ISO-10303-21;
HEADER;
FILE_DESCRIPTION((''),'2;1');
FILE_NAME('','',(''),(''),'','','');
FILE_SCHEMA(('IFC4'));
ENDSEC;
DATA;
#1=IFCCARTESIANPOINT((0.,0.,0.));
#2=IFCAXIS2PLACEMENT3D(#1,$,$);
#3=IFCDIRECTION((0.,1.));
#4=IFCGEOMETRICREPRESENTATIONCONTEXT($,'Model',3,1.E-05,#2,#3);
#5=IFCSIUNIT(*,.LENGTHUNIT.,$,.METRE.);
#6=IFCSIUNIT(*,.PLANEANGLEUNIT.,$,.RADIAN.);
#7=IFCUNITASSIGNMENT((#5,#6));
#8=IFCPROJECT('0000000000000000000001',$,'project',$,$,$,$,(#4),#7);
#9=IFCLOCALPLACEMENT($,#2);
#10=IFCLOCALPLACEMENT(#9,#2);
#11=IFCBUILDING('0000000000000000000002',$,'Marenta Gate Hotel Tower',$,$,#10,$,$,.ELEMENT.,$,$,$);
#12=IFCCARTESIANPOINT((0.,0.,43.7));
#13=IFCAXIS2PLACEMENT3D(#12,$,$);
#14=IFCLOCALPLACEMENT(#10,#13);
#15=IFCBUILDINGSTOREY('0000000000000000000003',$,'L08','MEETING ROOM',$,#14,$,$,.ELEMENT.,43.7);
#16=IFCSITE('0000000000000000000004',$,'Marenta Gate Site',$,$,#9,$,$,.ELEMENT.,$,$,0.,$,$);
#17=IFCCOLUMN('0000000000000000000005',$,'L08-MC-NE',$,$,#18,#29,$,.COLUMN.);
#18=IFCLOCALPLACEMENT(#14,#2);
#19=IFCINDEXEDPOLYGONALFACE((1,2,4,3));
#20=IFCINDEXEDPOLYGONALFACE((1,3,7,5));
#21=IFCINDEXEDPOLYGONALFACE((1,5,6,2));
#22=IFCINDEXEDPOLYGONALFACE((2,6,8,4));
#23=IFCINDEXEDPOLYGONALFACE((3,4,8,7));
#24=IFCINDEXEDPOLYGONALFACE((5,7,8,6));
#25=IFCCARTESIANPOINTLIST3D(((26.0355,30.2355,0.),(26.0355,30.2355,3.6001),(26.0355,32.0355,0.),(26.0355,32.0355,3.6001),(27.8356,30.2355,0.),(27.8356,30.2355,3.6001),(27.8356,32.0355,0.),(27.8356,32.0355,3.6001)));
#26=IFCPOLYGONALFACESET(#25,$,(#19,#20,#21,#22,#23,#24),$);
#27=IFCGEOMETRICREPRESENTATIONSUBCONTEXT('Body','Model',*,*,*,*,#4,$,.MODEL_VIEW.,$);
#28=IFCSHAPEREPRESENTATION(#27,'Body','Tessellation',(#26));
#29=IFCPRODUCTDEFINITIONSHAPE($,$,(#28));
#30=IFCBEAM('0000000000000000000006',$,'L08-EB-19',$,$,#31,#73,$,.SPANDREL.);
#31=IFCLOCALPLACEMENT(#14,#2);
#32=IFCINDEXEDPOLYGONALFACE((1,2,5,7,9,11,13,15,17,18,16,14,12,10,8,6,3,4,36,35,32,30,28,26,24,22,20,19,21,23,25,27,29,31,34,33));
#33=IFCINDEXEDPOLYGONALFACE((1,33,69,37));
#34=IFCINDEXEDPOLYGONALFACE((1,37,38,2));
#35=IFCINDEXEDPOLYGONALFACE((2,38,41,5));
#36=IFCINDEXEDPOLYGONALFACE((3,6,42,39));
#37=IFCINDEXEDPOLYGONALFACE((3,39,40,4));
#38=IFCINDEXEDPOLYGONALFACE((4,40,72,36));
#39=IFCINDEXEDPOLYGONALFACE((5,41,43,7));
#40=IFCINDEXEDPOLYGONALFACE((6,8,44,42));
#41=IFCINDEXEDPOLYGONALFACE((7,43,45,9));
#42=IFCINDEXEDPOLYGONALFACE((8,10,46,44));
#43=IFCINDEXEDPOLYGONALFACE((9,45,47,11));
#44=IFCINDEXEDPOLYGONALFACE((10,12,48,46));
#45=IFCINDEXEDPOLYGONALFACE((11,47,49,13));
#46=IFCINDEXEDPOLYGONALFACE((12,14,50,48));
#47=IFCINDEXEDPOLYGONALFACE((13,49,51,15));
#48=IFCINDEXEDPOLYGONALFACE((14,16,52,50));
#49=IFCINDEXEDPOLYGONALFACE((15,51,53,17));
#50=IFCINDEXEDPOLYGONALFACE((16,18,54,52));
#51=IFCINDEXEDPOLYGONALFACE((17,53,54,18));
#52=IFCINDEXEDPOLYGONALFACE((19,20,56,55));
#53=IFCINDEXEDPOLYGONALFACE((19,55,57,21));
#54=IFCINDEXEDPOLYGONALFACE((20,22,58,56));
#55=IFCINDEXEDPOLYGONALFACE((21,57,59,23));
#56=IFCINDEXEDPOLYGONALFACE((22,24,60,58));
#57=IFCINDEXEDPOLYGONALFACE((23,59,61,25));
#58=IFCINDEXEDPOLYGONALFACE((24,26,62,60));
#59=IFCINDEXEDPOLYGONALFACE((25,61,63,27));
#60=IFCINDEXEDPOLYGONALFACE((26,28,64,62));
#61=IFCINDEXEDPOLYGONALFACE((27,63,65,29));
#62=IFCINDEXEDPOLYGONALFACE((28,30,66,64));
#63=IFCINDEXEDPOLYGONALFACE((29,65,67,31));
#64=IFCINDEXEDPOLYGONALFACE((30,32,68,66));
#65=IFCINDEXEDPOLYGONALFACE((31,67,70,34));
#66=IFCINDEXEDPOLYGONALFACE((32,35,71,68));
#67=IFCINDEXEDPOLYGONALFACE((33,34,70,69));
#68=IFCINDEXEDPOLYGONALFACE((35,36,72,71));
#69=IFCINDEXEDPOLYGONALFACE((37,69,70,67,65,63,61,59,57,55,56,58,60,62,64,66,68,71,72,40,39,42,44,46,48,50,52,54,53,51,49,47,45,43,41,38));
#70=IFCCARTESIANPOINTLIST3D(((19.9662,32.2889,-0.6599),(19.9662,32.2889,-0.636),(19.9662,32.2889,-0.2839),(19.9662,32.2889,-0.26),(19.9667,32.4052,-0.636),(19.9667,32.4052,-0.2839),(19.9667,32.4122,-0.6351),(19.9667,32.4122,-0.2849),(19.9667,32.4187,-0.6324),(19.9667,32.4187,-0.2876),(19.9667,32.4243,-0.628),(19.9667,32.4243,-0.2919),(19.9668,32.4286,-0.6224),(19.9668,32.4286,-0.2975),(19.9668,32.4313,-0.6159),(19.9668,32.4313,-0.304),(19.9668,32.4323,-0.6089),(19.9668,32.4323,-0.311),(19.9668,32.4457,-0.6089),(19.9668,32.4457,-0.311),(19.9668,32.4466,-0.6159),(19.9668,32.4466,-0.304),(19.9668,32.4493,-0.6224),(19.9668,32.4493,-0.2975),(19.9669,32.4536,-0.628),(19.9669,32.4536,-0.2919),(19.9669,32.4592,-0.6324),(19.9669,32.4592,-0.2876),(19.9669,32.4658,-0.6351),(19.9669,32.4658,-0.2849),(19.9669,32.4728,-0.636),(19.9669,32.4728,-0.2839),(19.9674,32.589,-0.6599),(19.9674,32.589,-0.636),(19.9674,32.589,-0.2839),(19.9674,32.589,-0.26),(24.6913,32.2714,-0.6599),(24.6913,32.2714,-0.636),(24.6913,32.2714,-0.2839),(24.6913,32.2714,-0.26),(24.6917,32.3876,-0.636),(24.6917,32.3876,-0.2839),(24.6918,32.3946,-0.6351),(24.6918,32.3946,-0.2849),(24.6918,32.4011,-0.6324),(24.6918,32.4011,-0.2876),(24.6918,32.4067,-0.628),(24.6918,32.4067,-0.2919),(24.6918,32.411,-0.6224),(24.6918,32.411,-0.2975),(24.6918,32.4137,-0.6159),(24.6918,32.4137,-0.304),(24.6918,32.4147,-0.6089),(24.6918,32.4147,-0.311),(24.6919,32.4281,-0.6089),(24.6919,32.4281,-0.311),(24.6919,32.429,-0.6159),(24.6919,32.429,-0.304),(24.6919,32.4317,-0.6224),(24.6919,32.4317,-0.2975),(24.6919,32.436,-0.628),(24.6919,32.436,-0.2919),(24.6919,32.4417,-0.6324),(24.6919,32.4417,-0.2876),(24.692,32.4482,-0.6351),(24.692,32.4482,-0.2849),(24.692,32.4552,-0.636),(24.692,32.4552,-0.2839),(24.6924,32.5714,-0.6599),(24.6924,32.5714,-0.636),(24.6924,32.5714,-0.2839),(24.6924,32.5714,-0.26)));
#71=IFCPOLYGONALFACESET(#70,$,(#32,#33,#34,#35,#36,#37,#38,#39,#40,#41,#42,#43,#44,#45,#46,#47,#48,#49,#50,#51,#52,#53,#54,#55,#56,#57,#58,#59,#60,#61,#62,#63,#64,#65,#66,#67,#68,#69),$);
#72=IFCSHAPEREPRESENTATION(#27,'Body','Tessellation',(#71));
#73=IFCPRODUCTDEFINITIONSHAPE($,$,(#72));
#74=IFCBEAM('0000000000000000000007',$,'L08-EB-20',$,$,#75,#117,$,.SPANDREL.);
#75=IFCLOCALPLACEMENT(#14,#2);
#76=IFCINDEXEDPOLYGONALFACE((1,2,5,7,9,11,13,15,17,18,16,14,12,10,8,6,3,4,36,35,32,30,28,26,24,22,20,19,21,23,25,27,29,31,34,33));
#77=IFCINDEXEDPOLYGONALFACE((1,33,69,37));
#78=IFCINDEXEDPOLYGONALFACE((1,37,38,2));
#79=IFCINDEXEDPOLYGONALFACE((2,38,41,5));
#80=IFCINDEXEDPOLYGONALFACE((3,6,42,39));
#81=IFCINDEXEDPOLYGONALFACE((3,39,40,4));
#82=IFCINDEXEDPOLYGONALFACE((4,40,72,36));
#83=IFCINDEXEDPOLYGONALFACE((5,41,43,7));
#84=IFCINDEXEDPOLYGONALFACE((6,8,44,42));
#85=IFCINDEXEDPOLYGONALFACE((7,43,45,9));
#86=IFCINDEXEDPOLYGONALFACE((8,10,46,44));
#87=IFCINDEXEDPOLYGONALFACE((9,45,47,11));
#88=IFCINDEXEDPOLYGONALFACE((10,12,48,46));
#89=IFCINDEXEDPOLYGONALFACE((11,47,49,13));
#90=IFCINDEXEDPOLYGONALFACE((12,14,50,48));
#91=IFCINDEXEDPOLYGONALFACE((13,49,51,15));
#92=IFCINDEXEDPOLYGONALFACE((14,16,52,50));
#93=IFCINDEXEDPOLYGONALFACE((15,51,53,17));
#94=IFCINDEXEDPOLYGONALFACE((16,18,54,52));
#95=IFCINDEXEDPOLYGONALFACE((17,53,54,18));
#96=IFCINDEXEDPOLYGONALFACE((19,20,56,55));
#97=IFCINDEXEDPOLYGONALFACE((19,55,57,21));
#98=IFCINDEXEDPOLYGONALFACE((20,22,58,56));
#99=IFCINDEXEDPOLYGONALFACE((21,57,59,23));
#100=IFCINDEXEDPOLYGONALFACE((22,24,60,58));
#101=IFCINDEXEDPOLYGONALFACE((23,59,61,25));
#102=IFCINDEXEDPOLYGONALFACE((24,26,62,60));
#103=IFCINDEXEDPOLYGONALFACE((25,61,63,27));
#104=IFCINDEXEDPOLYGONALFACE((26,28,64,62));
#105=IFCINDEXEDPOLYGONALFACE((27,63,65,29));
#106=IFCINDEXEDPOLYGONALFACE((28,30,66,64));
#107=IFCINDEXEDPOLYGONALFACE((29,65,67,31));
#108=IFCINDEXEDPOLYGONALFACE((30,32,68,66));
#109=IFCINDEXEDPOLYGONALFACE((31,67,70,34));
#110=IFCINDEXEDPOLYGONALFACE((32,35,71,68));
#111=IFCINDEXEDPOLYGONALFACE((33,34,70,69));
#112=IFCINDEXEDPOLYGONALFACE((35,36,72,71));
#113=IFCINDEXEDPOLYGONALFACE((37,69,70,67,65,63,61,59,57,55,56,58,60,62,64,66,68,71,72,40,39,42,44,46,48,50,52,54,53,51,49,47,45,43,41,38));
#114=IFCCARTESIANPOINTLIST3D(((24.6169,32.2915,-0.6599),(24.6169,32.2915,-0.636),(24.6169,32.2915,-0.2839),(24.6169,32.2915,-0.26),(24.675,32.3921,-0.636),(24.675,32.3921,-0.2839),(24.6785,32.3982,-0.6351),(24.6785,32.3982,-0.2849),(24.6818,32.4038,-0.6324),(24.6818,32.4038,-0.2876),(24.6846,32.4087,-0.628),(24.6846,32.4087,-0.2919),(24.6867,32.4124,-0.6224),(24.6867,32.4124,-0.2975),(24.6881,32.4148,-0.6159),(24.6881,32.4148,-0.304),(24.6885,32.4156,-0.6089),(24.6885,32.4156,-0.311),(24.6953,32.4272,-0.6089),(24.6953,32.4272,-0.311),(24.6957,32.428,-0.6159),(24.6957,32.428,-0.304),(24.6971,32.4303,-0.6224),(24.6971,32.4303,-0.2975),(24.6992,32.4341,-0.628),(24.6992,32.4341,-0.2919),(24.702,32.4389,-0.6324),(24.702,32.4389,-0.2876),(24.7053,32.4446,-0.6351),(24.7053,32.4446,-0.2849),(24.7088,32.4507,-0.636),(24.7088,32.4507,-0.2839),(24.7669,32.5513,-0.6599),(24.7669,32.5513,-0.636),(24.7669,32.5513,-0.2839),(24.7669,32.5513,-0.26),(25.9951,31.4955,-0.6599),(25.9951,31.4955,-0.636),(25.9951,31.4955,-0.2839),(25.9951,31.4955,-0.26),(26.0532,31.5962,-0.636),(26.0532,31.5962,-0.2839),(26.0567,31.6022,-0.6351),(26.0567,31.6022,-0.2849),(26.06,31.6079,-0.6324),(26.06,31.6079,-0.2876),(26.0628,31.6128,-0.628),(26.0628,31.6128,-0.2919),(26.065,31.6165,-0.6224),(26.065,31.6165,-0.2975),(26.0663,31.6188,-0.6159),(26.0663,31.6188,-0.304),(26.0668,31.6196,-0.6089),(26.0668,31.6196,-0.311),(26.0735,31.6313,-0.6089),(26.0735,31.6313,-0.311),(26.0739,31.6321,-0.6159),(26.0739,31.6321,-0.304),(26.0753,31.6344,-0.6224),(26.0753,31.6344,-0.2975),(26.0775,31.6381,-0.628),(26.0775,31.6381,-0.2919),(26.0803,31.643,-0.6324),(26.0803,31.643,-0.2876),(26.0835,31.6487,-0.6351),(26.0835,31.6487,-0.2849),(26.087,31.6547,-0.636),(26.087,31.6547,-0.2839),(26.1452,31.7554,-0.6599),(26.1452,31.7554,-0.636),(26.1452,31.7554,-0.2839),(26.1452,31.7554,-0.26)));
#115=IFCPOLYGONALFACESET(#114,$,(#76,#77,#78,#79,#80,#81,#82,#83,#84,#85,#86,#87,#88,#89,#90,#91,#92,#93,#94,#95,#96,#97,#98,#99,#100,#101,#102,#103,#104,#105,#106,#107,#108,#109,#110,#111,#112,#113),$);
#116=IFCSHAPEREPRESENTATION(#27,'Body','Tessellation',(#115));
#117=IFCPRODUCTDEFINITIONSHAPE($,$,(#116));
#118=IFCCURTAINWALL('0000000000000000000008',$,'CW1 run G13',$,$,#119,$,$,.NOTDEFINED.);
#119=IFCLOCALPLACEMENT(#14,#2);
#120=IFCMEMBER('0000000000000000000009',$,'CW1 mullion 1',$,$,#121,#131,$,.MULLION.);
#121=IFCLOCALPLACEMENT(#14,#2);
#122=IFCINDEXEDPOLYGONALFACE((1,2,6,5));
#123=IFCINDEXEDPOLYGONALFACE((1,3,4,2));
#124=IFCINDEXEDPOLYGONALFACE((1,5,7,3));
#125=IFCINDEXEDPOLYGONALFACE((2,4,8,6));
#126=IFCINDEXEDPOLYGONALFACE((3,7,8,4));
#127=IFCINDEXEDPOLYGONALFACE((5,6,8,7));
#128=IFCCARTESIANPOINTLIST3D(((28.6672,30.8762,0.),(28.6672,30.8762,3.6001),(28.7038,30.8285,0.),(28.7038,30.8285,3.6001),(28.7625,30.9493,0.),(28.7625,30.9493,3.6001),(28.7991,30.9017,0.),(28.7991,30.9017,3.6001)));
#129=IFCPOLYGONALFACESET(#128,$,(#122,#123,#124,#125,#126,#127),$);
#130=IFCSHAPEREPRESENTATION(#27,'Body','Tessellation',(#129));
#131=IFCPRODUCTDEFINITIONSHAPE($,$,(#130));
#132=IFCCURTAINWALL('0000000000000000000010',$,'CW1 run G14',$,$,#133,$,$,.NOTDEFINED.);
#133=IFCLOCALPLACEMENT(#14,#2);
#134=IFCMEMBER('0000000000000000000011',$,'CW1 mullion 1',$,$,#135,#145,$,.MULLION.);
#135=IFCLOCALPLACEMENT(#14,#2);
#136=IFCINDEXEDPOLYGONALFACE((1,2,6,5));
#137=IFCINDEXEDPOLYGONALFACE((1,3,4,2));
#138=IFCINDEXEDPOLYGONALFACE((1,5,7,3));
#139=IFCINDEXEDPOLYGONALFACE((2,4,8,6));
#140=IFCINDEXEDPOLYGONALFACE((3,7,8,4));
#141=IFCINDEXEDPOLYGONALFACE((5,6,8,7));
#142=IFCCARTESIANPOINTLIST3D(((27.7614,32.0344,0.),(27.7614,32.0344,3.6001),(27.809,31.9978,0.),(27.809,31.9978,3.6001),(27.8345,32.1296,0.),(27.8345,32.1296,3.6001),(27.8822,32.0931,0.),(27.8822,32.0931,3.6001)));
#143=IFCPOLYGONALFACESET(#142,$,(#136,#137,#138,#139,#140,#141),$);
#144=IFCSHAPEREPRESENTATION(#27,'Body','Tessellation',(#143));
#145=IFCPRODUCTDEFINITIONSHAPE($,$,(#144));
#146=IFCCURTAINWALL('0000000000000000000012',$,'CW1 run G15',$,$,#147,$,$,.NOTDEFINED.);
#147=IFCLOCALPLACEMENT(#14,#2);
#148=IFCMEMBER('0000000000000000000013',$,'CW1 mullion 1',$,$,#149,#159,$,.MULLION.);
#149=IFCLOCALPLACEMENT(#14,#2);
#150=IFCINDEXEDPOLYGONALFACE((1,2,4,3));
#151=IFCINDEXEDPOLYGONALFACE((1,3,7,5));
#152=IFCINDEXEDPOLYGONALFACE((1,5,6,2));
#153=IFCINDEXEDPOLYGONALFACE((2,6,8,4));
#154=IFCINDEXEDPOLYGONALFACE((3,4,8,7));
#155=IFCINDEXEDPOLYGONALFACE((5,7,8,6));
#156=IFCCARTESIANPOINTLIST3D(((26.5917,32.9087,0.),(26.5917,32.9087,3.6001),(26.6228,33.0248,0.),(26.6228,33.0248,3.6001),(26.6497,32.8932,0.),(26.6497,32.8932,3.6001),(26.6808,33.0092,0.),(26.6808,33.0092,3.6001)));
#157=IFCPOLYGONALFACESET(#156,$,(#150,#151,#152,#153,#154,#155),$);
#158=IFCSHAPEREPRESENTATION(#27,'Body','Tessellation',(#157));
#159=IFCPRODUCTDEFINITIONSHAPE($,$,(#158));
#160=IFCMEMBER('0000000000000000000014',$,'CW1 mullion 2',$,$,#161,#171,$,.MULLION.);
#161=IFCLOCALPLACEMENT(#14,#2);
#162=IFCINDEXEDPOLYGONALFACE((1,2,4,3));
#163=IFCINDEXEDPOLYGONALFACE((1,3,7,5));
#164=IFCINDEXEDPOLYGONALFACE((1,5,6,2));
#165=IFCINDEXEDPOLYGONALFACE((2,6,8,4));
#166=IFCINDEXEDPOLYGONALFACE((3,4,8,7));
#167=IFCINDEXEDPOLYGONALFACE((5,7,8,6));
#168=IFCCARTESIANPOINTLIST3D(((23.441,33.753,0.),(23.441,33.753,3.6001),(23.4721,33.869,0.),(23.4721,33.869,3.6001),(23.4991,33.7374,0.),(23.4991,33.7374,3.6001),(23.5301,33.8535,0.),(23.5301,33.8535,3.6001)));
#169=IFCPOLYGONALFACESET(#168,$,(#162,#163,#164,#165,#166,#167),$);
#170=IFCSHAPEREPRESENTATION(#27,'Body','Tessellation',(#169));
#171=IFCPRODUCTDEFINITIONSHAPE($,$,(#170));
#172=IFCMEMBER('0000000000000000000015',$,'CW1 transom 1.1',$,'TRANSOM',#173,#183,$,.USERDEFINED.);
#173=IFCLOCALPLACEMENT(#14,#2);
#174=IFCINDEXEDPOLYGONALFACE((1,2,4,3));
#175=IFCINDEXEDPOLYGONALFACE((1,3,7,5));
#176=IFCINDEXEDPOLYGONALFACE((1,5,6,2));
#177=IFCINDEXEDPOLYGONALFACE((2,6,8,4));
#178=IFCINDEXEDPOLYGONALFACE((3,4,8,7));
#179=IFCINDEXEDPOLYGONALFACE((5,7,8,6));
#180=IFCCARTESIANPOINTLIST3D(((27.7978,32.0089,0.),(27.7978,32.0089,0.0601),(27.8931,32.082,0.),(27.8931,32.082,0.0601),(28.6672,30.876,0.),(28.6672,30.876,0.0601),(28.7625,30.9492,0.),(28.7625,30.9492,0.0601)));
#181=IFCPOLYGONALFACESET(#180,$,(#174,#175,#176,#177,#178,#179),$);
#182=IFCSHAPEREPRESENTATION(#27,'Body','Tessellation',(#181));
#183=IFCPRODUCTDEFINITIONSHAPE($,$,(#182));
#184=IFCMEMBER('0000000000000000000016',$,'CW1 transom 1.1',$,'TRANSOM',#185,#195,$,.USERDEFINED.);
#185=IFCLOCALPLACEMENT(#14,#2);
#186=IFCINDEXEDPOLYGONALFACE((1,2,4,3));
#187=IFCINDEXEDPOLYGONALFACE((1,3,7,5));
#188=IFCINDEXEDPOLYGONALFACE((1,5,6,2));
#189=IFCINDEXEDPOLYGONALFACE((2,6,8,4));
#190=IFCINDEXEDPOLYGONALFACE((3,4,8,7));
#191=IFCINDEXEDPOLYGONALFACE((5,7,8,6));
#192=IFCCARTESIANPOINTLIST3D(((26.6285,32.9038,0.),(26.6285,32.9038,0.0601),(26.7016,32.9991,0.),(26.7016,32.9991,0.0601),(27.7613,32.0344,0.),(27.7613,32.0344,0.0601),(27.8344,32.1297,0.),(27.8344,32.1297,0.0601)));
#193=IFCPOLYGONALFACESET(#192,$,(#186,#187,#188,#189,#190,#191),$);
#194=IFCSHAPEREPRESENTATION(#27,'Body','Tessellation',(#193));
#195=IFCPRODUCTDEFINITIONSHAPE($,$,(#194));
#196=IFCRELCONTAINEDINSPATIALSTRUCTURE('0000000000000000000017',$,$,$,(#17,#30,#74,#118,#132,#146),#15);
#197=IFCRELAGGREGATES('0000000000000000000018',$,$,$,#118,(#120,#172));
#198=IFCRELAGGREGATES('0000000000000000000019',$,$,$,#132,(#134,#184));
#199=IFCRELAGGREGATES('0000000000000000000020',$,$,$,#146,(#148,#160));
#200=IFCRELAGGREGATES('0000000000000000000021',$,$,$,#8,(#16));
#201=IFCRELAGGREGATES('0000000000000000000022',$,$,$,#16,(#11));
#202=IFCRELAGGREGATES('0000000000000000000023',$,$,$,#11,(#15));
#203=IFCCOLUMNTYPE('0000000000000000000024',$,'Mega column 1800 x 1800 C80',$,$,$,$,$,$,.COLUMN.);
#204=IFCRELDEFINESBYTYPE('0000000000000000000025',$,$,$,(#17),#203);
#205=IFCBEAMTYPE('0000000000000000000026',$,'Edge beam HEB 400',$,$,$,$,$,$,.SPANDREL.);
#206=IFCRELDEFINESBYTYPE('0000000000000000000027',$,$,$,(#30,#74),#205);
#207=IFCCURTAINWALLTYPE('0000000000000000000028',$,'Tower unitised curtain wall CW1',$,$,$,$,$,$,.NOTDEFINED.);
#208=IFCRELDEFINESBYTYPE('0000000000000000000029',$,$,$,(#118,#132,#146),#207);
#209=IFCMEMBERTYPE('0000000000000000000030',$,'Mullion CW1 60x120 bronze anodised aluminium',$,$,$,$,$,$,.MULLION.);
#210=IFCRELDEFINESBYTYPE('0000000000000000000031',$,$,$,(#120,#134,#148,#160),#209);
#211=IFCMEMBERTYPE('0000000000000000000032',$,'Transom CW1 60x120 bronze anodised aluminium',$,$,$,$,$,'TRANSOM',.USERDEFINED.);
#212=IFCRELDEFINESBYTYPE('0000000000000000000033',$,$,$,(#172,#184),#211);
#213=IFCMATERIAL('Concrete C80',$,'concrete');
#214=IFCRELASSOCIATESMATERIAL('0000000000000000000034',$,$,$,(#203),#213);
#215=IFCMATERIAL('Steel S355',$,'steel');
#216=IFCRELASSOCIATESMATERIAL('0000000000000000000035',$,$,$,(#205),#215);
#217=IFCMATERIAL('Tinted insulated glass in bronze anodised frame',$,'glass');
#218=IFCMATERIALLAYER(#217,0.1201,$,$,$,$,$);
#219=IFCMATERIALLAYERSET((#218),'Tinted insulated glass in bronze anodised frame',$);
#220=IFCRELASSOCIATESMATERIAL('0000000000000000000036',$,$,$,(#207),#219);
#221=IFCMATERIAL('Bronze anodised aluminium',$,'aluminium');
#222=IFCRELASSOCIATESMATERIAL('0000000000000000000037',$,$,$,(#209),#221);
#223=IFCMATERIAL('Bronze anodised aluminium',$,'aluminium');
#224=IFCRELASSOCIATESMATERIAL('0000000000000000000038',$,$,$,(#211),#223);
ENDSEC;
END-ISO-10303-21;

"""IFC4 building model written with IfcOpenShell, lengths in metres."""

from ifc_helpers import new_model, si_unit, direction, frame, origin, origin_2d, place, context, subcontext, project, spatial, rectangle, i_section, extrude, material, layer, layer_set, material_profile, profile_set, type_object, element, aggregate, save


model = new_model("IFC4")

# Units and contexts
model_context = context("Model", 3, precision=1e-05, world=origin(), true_north=direction((0.0, 1.0)))
body_context = subcontext(model_context, "Body", "Model", "MODEL_VIEW")
ifc_project = project(units=[si_unit("LENGTHUNIT", "METRE"), si_unit("PLANEANGLEUNIT", "RADIAN")], contexts=[model_context])

# Site, building, storey
site_placement = place(None, origin())
site = spatial("IfcSite", under=ifc_project, at=site_placement, Name="Marenta Gate Site", CompositionType="ELEMENT", RefElevation=0.0)
building_placement = place(site_placement, origin())
building = spatial("IfcBuilding", under=site, at=building_placement, Name="Marenta Gate Hotel Tower", CompositionType="ELEMENT")
storey_placement = place(building_placement, frame((0.0, 0.0, 43.7)))
storey = spatial("IfcBuildingStorey", under=building, at=storey_placement, Name="L08", Description="MEETING ROOM", CompositionType="ELEMENT", Elevation=43.7)

# Column
ifc_material_1 = material(Name="Concrete C80", Category="concrete")
ifc_material_profile_1 = material_profile(ifc_material_1, rectangle(XDim=1.8, YDim=1.8, at=origin_2d()), Name="1800 x 1800")
ifc_profile_set_1 = profile_set([ifc_material_profile_1], Name="Concrete C80")
column_type = type_object("IfcColumnType", Name="Mega column 1800 x 1800 C80", PredefinedType="COLUMN", material=ifc_profile_set_1)
column_placement = place(storey_placement, frame((26.9355, 31.1355, 0.0), z_axis=(0.0, 0.0, 1.0), x_axis=(1.0, 0.0, 0.0)))
element("IfcColumn", 1, at=column_placement, inside=storey, type_object=column_type, Name="L08-MC-NE", PredefinedType="COLUMN", context=body_context, shape_type="SweptSolid", body=[
    extrude(rectangle(XDim=1.8, YDim=1.8, at=origin_2d()), origin(), (0.0, 0.0, 1.0), 3.6001),
])

# Beams
ifc_material_2 = material(Name="Steel S355", Category="steel")
ifc_material_profile_2 = material_profile(ifc_material_2, i_section(OverallWidth=0.3, OverallDepth=0.3999, WebThickness=0.0134, FlangeThickness=0.0239, FilletRadius=0.0271, at=origin_2d()), Name="HEB 400")
ifc_profile_set_2 = profile_set([ifc_material_profile_2], Name="Steel S355")
beam_type = type_object("IfcBeamType", Name="Edge beam HEB 400", PredefinedType="SPANDREL", material=ifc_profile_set_2)
beam_1_placement = place(storey_placement, frame((19.9668, 32.439, -0.46), z_axis=(0.999993, -0.00372, 0.0), x_axis=(0.00372, 0.999993, 0.0)))
element("IfcBeam", 2, at=beam_1_placement, inside=storey, type_object=beam_type, Name="L08-EB-19", PredefinedType="SPANDREL", context=body_context, shape_type="SweptSolid", body=[
    extrude(i_section(OverallWidth=0.3, OverallDepth=0.3999, WebThickness=0.0134, FlangeThickness=0.0239, FilletRadius=0.0271, at=origin_2d()), origin(), (0.0, 0.0, 1.0), 4.7251),
])
beam_2_placement = place(storey_placement, frame((24.6919, 32.4214, -0.46), z_axis=(0.865968, -0.500099, 0.0), x_axis=(0.500099, 0.865968, 0.0)))
element("IfcBeam", 3, at=beam_2_placement, inside=storey, type_object=beam_type, Name="L08-EB-20", PredefinedType="SPANDREL", context=body_context, shape_type="SweptSolid", body=[
    extrude(i_section(OverallWidth=0.3, OverallDepth=0.3999, WebThickness=0.0134, FlangeThickness=0.0239, FilletRadius=0.0271, at=origin_2d()), origin(), (0.0, 0.0, 1.0), 1.5916),
])

# Curtain walls, members
ifc_material_3 = material(Name="Tinted insulated glass in bronze anodised frame", Category="glass")
ifc_layer_1 = layer(ifc_material_3, 0.1201)
ifc_layer_set_1 = layer_set([ifc_layer_1], Name="Tinted insulated glass in bronze anodised frame")
curtain_wall_type = type_object("IfcCurtainWallType", Name="Tower unitised curtain wall CW1", PredefinedType="NOTDEFINED", material=ifc_layer_set_1)
curtain_wall_1_placement = place(storey_placement, origin())
curtain_wall_1 = element("IfcCurtainWall", 4, at=curtain_wall_1_placement, inside=storey, type_object=curtain_wall_type, Name="CW1 run G13", PredefinedType="NOTDEFINED")
ifc_material_4 = material(Name="Bronze anodised aluminium", Category="aluminium")
ifc_material_profile_3 = material_profile(ifc_material_4, rectangle(XDim=0.1201, YDim=0.0601, at=origin_2d()), Name="Mullion CW1 60x120 bronze anodised aluminium")
ifc_profile_set_3 = profile_set([ifc_material_profile_3], Name="Bronze anodised aluminium")
member_type_1 = type_object("IfcMemberType", Name="Mullion CW1 60x120 bronze anodised aluminium", PredefinedType="MULLION", material=ifc_profile_set_3)
member_1_placement = place(storey_placement, frame((28.7332, 30.8889, 0.0), z_axis=(0.0, 0.0, 1.0), x_axis=(-0.793338, -0.608781, 0.0)))
member_1 = element("IfcMember", 5, at=member_1_placement, type_object=member_type_1, Name="CW1 mullion 1", PredefinedType="MULLION", context=body_context, shape_type="SweptSolid", body=[
    extrude(rectangle(XDim=0.1201, YDim=0.0601, at=origin_2d()), origin(), (0.0, 0.0, 1.0), 3.6001),
])
curtain_wall_2_placement = place(storey_placement, origin())
curtain_wall_2 = element("IfcCurtainWall", 6, at=curtain_wall_2_placement, inside=storey, type_object=curtain_wall_type, Name="CW1 run G14", PredefinedType="NOTDEFINED")
member_2_placement = place(storey_placement, frame((27.8218, 32.0637, 0.0), z_axis=(0.0, 0.0, 1.0), x_axis=(-0.608781, -0.793338, 0.0)))
member_2 = element("IfcMember", 7, at=member_2_placement, type_object=member_type_1, Name="CW1 mullion 1", PredefinedType="MULLION", context=body_context, shape_type="SweptSolid", body=[
    extrude(rectangle(XDim=0.1201, YDim=0.0601, at=origin_2d()), origin(), (0.0, 0.0, 1.0), 3.6001),
])

# Curtain wall, members
curtain_wall_3_placement = place(storey_placement, origin())
curtain_wall_3 = element("IfcCurtainWall", 8, at=curtain_wall_3_placement, inside=storey, type_object=curtain_wall_type, Name="CW1 run G15", PredefinedType="NOTDEFINED")
member_3_placement = place(storey_placement, frame((26.6362, 32.959, 0.0), z_axis=(0.0, 0.0, 1.0), x_axis=(-0.258807, -0.965929, 0.0)))
member_3 = element("IfcMember", 9, at=member_3_placement, type_object=member_type_1, Name="CW1 mullion 1", PredefinedType="MULLION", context=body_context, shape_type="SweptSolid", body=[
    extrude(rectangle(XDim=0.1201, YDim=0.0601, at=origin_2d()), origin(), (0.0, 0.0, 1.0), 3.6001),
])
member_4_placement = place(storey_placement, frame((23.4856, 33.8032, 0.0), z_axis=(0.0, 0.0, 1.0), x_axis=(-0.258807, -0.965929, 0.0)))
member_4 = element("IfcMember", 10, at=member_4_placement, type_object=member_type_1, Name="CW1 mullion 2", PredefinedType="MULLION", context=body_context, shape_type="SweptSolid", body=[
    extrude(rectangle(XDim=0.1201, YDim=0.0601, at=origin_2d()), origin(), (0.0, 0.0, 1.0), 3.6001),
])

# Members
ifc_material_5 = material(Name="Bronze anodised aluminium", Category="aluminium")
ifc_material_profile_4 = material_profile(ifc_material_5, rectangle(XDim=0.1201, YDim=0.0601, at=origin_2d()), Name="Transom CW1 60x120 bronze anodised aluminium")
ifc_profile_set_4 = profile_set([ifc_material_profile_4], Name="Bronze anodised aluminium")
member_type_2 = type_object("IfcMemberType", Name="Transom CW1 60x120 bronze anodised aluminium", ElementType="TRANSOM", PredefinedType="USERDEFINED", material=ifc_profile_set_4)
member_5_placement = place(storey_placement, frame((28.7148, 30.9126, 0.03), z_axis=(-0.608826, 0.793304, 0.0), x_axis=(-0.793304, -0.608826, 0.0)))
member_5 = element("IfcMember", 11, at=member_5_placement, type_object=member_type_2, Name="CW1 transom 1.1", ObjectType="TRANSOM", PredefinedType="USERDEFINED", context=body_context, shape_type="SweptSolid", body=[
    extrude(rectangle(XDim=0.1201, YDim=0.0601, at=origin_2d()), origin(), (0.0, 0.0, 1.0), 1.428),
])
member_6_placement = place(storey_placement, frame((27.7979, 32.082, 0.03), z_axis=(-0.793304, 0.608826, 0.0), x_axis=(-0.608826, -0.793304, 0.0)))
member_6 = element("IfcMember", 12, at=member_6_placement, type_object=member_type_2, Name="CW1 transom 1.1", ObjectType="TRANSOM", PredefinedType="USERDEFINED", context=body_context, shape_type="SweptSolid", body=[
    extrude(rectangle(XDim=0.1201, YDim=0.0601, at=origin_2d()), origin(), (0.0, 0.0, 1.0), 1.428),
])

aggregate(curtain_wall_1, [member_1, member_5])
aggregate(curtain_wall_2, [member_2, member_6])
aggregate(curtain_wall_3, [member_3, member_4])

save(model, "model.ifc")
